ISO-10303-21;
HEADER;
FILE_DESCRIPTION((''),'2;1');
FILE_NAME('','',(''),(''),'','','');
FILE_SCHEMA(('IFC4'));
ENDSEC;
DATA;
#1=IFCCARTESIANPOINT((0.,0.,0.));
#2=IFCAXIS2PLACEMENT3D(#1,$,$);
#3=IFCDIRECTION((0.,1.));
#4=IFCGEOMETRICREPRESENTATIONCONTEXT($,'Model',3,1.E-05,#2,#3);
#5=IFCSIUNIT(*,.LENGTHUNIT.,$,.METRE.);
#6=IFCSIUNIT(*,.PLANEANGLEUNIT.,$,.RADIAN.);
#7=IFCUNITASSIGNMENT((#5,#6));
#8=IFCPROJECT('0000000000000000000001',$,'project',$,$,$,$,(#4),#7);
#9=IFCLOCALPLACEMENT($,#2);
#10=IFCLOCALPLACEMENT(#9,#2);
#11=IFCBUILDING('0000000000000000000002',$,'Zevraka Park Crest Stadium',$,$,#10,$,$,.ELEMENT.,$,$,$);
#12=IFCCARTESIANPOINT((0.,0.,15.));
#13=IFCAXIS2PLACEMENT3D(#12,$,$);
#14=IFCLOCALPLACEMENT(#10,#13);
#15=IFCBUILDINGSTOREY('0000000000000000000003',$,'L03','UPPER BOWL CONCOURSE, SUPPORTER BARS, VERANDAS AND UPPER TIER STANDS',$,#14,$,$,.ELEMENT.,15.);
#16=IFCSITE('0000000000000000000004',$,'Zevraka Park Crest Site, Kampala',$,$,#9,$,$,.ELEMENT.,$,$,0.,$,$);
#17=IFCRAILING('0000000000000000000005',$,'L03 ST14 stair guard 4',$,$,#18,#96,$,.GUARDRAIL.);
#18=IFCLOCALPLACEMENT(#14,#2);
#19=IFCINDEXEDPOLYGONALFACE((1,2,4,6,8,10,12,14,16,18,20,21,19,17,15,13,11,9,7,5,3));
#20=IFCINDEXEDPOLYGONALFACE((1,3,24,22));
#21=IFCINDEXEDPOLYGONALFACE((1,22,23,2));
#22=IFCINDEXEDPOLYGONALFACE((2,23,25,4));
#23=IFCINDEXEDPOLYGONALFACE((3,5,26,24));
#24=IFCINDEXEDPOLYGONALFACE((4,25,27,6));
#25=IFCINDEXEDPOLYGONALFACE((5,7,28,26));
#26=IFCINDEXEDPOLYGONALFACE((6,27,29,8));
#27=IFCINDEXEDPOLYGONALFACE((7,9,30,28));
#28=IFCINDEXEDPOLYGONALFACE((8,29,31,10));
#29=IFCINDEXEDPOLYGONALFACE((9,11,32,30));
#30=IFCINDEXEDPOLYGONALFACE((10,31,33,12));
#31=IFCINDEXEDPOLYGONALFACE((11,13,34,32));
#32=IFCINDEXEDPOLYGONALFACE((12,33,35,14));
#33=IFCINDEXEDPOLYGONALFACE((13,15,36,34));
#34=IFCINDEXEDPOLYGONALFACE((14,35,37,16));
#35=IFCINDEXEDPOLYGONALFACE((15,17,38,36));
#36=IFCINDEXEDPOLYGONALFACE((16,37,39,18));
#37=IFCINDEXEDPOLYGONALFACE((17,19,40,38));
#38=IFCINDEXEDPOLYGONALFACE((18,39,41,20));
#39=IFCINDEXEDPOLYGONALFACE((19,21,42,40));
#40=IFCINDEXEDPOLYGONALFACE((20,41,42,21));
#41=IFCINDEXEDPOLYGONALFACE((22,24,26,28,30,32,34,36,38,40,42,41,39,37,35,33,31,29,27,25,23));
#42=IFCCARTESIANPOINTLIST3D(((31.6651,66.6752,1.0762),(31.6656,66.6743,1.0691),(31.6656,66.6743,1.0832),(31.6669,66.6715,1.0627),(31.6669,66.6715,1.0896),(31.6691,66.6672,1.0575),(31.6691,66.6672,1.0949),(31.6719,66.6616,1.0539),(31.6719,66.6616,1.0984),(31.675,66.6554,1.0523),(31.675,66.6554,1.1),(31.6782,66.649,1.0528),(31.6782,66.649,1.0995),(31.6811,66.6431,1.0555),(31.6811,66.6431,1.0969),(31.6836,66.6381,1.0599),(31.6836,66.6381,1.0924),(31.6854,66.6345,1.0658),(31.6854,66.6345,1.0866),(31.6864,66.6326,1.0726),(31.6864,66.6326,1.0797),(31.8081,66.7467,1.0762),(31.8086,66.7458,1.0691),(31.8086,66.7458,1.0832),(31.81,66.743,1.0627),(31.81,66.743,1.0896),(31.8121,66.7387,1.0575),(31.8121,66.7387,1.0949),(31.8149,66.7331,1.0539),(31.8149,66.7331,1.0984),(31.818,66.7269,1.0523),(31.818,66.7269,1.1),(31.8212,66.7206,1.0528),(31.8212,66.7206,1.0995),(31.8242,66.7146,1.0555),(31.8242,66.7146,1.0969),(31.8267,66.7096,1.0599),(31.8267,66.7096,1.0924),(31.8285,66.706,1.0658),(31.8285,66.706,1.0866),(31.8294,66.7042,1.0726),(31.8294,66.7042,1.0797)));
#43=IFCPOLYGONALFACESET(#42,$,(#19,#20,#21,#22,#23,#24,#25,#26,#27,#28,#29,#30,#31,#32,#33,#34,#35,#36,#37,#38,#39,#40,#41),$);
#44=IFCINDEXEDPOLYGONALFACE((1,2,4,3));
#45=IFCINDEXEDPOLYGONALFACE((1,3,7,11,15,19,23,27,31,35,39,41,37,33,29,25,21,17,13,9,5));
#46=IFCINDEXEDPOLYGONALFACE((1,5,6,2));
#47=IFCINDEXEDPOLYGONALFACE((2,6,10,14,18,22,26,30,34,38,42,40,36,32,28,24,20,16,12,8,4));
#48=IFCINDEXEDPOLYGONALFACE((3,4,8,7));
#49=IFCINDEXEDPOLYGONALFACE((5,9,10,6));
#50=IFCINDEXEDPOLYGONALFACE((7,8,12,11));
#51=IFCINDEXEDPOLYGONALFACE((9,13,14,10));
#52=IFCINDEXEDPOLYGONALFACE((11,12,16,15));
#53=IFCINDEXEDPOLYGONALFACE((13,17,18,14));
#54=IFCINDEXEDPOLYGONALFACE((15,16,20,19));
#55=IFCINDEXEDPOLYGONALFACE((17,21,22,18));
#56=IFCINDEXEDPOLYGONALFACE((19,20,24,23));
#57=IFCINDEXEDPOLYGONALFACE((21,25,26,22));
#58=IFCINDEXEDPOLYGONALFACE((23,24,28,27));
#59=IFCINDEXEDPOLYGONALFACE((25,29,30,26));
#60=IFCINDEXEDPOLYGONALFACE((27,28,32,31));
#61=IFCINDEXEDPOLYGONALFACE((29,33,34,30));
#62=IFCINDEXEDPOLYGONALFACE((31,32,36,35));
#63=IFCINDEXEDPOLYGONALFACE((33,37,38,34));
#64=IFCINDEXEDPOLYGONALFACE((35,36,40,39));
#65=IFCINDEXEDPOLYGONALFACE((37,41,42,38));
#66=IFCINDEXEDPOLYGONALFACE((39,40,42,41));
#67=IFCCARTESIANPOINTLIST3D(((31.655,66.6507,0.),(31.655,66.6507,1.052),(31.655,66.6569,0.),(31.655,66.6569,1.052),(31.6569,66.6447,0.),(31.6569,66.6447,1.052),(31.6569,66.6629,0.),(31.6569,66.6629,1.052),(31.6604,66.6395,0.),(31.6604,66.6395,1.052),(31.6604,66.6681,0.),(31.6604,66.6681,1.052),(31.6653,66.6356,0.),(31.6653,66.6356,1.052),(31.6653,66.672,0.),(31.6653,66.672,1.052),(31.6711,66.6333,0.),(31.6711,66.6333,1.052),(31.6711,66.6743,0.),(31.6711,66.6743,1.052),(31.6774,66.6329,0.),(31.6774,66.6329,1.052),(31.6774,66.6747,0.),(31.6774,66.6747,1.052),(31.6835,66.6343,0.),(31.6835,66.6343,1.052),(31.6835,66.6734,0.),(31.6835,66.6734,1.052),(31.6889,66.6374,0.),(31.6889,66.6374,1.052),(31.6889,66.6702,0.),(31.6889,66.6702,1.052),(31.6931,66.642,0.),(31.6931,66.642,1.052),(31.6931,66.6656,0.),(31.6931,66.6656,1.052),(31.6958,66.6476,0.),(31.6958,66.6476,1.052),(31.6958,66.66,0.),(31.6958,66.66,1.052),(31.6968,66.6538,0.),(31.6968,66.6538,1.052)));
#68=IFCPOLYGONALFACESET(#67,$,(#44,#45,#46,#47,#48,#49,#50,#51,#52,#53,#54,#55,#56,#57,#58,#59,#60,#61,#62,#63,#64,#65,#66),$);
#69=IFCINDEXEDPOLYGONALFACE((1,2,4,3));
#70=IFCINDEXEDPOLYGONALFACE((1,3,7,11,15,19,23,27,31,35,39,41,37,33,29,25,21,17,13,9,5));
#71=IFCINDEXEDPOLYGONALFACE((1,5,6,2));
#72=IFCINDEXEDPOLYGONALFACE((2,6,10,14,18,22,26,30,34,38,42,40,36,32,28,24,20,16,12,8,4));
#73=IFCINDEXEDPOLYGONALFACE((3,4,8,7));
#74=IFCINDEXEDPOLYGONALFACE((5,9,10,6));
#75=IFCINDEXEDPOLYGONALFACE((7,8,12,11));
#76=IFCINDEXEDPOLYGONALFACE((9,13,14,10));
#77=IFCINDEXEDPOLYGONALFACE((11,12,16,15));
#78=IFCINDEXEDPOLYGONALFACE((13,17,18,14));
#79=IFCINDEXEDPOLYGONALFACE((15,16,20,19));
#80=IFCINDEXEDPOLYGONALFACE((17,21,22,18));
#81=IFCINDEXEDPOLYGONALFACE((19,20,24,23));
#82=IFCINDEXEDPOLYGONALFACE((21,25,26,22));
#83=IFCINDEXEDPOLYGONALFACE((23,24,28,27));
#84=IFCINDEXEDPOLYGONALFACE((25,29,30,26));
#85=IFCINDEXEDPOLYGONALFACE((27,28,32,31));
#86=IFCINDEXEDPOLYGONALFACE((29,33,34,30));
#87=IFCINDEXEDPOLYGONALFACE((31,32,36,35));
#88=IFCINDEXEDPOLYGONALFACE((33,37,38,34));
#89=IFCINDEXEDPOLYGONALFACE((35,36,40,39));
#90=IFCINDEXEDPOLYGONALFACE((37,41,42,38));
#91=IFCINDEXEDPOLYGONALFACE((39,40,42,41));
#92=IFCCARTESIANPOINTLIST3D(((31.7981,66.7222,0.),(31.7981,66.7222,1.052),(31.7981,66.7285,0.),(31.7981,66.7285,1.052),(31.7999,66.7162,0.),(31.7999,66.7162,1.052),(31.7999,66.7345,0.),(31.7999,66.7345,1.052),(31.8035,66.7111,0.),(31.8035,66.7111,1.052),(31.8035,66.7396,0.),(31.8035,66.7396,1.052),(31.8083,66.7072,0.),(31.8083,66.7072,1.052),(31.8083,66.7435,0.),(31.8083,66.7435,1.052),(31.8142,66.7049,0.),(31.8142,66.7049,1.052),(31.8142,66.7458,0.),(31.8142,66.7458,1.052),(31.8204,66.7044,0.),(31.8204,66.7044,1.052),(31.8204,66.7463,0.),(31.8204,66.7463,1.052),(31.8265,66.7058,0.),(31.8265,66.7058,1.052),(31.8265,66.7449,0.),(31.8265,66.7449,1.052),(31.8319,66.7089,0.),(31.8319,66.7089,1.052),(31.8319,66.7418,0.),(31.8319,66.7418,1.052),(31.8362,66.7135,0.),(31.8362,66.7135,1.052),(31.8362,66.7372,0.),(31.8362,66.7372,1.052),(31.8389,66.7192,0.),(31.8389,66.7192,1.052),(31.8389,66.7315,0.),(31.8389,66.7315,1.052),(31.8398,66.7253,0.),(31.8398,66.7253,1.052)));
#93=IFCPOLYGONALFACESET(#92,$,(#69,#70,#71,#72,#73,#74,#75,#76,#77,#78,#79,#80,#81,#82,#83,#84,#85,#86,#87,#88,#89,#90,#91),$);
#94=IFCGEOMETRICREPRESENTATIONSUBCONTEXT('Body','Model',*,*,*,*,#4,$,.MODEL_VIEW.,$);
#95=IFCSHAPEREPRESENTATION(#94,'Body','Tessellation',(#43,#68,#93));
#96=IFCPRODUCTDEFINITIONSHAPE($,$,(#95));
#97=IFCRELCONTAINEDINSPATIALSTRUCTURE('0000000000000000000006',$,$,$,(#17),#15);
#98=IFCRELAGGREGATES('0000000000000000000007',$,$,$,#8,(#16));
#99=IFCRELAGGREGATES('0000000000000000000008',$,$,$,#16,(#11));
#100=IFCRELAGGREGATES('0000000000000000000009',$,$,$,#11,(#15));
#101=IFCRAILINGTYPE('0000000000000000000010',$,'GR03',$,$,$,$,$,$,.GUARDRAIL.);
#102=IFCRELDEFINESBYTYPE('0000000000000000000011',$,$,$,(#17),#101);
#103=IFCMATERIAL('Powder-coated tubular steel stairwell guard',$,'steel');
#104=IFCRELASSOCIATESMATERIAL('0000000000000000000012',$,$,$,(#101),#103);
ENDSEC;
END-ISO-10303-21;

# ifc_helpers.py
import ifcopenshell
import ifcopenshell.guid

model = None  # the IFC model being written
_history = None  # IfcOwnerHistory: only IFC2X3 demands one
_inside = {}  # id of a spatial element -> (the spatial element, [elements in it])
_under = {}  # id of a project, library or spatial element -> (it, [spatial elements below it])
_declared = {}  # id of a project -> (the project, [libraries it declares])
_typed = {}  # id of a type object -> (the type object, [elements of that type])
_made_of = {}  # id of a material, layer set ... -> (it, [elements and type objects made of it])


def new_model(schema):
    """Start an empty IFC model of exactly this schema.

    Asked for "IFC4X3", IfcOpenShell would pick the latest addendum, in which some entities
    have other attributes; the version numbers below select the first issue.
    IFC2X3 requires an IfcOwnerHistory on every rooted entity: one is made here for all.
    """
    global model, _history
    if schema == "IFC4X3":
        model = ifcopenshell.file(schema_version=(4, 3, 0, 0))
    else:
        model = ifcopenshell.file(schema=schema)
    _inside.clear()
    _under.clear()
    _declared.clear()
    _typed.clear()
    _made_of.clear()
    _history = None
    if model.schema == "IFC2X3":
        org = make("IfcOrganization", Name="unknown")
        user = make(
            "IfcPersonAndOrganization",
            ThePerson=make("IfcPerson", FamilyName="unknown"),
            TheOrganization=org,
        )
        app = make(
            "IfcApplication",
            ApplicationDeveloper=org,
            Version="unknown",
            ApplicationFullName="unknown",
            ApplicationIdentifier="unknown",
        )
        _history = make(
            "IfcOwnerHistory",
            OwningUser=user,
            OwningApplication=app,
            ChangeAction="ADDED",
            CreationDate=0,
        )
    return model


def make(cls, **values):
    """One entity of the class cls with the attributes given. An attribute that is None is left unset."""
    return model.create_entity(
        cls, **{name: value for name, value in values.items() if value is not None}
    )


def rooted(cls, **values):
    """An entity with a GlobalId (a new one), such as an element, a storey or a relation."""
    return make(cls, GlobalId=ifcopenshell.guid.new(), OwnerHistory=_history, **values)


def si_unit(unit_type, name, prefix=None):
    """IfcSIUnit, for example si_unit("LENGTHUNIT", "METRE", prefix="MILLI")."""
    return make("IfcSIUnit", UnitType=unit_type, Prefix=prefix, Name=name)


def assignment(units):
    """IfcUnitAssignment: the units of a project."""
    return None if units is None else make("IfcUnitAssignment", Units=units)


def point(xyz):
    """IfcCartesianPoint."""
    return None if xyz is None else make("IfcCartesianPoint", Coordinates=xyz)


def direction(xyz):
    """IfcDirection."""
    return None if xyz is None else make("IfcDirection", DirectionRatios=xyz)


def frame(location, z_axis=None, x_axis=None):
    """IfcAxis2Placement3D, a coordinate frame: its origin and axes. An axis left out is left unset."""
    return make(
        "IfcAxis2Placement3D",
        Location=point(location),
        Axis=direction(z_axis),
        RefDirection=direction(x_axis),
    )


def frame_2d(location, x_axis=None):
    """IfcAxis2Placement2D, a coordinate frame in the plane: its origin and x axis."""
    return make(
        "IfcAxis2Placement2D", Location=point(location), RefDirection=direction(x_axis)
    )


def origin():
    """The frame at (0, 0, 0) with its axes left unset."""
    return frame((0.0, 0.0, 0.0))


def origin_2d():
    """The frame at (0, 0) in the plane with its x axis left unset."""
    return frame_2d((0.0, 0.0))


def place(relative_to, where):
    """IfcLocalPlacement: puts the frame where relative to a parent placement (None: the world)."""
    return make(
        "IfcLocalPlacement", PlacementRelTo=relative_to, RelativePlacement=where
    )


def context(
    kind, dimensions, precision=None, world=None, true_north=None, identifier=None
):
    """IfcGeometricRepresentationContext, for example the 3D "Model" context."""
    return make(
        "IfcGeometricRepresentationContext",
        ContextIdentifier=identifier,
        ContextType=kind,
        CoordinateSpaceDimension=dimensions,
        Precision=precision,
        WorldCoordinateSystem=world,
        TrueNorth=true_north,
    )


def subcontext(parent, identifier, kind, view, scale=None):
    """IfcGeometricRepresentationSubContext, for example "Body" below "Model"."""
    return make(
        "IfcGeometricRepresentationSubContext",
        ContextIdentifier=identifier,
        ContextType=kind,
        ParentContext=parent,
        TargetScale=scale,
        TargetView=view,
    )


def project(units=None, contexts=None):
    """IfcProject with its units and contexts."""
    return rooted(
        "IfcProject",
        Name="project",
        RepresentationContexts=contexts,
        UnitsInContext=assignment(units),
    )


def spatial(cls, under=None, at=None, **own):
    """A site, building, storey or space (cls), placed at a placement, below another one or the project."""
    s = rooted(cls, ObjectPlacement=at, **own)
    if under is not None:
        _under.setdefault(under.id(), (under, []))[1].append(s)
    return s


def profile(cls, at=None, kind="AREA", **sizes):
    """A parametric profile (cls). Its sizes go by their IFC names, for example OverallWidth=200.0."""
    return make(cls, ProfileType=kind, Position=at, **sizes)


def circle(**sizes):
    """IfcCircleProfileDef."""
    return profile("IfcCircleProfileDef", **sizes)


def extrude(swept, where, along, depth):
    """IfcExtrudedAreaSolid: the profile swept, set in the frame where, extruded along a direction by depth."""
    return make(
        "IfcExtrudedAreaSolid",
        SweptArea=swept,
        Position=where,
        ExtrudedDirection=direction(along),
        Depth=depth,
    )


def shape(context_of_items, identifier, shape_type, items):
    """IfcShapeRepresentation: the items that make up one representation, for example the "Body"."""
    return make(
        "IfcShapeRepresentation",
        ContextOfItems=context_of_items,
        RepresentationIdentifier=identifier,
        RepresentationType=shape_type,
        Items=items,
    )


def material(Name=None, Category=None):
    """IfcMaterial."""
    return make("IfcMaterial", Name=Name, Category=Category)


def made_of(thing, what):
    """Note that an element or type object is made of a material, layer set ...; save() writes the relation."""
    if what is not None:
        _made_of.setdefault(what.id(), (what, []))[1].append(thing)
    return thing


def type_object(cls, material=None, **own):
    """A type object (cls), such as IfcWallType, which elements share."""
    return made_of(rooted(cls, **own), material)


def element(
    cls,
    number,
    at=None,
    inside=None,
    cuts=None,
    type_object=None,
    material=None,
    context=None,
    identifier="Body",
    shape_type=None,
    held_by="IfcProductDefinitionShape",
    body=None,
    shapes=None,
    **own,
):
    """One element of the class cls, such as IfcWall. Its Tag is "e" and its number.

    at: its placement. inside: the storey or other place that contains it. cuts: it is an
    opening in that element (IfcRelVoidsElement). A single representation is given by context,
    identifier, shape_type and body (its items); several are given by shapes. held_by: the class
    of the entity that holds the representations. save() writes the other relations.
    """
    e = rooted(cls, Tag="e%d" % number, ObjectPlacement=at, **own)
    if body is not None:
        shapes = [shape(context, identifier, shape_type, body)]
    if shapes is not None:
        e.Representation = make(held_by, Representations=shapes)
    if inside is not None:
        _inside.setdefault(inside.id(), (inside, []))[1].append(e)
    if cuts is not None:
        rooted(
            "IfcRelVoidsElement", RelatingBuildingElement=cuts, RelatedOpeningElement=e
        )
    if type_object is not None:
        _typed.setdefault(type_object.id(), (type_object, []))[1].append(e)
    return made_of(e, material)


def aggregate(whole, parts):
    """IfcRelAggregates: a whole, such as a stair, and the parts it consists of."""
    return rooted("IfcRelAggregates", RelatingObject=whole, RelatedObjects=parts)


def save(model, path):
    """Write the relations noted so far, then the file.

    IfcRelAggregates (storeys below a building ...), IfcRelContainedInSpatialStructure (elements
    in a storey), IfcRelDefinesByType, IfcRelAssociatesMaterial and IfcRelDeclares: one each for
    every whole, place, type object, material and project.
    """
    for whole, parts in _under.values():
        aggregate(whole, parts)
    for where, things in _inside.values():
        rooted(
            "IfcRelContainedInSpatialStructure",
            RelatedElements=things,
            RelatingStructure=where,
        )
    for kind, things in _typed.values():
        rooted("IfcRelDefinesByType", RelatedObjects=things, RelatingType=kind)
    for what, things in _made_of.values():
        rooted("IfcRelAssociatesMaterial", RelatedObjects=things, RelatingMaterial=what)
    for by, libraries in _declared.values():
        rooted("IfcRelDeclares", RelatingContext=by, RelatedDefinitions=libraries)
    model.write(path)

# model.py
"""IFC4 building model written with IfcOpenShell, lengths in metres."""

from ifc_helpers import new_model, si_unit, direction, frame, origin, origin_2d, place, context, subcontext, project, spatial, circle, extrude, material, type_object, element, save


model = new_model("IFC4")

# Units and contexts
model_context = context("Model", 3, precision=1e-05, world=origin(), true_north=direction((0.0, 1.0)))
body_context = subcontext(model_context, "Body", "Model", "MODEL_VIEW")
ifc_project = project(units=[si_unit("LENGTHUNIT", "METRE"), si_unit("PLANEANGLEUNIT", "RADIAN")], contexts=[model_context])

# Site, building, storey
site_placement = place(None, origin())
site = spatial("IfcSite", under=ifc_project, at=site_placement, Name="Zevraka Park Crest Site, Kampala", CompositionType="ELEMENT", RefElevation=0.0)
building_placement = place(site_placement, origin())
building = spatial("IfcBuilding", under=site, at=building_placement, Name="Zevraka Park Crest Stadium", CompositionType="ELEMENT")
storey_placement = place(building_placement, frame((0.0, 0.0, 15.0)))
storey = spatial("IfcBuildingStorey", under=building, at=storey_placement, Name="L03", Description="UPPER BOWL CONCOURSE, SUPPORTER BARS, VERANDAS AND UPPER TIER STANDS", CompositionType="ELEMENT", Elevation=15.0)

# Railing
ifc_material_1 = material(Name="Powder-coated tubular steel stairwell guard", Category="steel")
railing_type = type_object("IfcRailingType", Name="GR03", PredefinedType="GUARDRAIL", material=ifc_material_1)
railing_1_placement = place(storey_placement, frame((31.6758, 66.6538, 0.0)))
element("IfcRailing", 1, at=railing_1_placement, inside=storey, type_object=railing_type, Name="L03 ST14 stair guard 4", PredefinedType="GUARDRAIL", context=body_context, shape_type="SweptSolid", body=[
    extrude(circle(Radius=0.0239, at=origin_2d()), frame((0.0, 0.0, 1.0762), z_axis=(0.894427, 0.447214, 0.0), x_axis=(-0.447214, 0.894427, 0.0)), (0.0, 0.0, 1.0), 0.1599),
    extrude(circle(Radius=0.021, at=origin_2d()), origin(), (0.0, 0.0, 1.0), 1.052),
    extrude(circle(Radius=0.021, at=origin_2d()), frame((0.1431, 0.0715, 0.0)), (0.0, 0.0, 1.0), 1.052),
])

save(model, "model.ifc")
